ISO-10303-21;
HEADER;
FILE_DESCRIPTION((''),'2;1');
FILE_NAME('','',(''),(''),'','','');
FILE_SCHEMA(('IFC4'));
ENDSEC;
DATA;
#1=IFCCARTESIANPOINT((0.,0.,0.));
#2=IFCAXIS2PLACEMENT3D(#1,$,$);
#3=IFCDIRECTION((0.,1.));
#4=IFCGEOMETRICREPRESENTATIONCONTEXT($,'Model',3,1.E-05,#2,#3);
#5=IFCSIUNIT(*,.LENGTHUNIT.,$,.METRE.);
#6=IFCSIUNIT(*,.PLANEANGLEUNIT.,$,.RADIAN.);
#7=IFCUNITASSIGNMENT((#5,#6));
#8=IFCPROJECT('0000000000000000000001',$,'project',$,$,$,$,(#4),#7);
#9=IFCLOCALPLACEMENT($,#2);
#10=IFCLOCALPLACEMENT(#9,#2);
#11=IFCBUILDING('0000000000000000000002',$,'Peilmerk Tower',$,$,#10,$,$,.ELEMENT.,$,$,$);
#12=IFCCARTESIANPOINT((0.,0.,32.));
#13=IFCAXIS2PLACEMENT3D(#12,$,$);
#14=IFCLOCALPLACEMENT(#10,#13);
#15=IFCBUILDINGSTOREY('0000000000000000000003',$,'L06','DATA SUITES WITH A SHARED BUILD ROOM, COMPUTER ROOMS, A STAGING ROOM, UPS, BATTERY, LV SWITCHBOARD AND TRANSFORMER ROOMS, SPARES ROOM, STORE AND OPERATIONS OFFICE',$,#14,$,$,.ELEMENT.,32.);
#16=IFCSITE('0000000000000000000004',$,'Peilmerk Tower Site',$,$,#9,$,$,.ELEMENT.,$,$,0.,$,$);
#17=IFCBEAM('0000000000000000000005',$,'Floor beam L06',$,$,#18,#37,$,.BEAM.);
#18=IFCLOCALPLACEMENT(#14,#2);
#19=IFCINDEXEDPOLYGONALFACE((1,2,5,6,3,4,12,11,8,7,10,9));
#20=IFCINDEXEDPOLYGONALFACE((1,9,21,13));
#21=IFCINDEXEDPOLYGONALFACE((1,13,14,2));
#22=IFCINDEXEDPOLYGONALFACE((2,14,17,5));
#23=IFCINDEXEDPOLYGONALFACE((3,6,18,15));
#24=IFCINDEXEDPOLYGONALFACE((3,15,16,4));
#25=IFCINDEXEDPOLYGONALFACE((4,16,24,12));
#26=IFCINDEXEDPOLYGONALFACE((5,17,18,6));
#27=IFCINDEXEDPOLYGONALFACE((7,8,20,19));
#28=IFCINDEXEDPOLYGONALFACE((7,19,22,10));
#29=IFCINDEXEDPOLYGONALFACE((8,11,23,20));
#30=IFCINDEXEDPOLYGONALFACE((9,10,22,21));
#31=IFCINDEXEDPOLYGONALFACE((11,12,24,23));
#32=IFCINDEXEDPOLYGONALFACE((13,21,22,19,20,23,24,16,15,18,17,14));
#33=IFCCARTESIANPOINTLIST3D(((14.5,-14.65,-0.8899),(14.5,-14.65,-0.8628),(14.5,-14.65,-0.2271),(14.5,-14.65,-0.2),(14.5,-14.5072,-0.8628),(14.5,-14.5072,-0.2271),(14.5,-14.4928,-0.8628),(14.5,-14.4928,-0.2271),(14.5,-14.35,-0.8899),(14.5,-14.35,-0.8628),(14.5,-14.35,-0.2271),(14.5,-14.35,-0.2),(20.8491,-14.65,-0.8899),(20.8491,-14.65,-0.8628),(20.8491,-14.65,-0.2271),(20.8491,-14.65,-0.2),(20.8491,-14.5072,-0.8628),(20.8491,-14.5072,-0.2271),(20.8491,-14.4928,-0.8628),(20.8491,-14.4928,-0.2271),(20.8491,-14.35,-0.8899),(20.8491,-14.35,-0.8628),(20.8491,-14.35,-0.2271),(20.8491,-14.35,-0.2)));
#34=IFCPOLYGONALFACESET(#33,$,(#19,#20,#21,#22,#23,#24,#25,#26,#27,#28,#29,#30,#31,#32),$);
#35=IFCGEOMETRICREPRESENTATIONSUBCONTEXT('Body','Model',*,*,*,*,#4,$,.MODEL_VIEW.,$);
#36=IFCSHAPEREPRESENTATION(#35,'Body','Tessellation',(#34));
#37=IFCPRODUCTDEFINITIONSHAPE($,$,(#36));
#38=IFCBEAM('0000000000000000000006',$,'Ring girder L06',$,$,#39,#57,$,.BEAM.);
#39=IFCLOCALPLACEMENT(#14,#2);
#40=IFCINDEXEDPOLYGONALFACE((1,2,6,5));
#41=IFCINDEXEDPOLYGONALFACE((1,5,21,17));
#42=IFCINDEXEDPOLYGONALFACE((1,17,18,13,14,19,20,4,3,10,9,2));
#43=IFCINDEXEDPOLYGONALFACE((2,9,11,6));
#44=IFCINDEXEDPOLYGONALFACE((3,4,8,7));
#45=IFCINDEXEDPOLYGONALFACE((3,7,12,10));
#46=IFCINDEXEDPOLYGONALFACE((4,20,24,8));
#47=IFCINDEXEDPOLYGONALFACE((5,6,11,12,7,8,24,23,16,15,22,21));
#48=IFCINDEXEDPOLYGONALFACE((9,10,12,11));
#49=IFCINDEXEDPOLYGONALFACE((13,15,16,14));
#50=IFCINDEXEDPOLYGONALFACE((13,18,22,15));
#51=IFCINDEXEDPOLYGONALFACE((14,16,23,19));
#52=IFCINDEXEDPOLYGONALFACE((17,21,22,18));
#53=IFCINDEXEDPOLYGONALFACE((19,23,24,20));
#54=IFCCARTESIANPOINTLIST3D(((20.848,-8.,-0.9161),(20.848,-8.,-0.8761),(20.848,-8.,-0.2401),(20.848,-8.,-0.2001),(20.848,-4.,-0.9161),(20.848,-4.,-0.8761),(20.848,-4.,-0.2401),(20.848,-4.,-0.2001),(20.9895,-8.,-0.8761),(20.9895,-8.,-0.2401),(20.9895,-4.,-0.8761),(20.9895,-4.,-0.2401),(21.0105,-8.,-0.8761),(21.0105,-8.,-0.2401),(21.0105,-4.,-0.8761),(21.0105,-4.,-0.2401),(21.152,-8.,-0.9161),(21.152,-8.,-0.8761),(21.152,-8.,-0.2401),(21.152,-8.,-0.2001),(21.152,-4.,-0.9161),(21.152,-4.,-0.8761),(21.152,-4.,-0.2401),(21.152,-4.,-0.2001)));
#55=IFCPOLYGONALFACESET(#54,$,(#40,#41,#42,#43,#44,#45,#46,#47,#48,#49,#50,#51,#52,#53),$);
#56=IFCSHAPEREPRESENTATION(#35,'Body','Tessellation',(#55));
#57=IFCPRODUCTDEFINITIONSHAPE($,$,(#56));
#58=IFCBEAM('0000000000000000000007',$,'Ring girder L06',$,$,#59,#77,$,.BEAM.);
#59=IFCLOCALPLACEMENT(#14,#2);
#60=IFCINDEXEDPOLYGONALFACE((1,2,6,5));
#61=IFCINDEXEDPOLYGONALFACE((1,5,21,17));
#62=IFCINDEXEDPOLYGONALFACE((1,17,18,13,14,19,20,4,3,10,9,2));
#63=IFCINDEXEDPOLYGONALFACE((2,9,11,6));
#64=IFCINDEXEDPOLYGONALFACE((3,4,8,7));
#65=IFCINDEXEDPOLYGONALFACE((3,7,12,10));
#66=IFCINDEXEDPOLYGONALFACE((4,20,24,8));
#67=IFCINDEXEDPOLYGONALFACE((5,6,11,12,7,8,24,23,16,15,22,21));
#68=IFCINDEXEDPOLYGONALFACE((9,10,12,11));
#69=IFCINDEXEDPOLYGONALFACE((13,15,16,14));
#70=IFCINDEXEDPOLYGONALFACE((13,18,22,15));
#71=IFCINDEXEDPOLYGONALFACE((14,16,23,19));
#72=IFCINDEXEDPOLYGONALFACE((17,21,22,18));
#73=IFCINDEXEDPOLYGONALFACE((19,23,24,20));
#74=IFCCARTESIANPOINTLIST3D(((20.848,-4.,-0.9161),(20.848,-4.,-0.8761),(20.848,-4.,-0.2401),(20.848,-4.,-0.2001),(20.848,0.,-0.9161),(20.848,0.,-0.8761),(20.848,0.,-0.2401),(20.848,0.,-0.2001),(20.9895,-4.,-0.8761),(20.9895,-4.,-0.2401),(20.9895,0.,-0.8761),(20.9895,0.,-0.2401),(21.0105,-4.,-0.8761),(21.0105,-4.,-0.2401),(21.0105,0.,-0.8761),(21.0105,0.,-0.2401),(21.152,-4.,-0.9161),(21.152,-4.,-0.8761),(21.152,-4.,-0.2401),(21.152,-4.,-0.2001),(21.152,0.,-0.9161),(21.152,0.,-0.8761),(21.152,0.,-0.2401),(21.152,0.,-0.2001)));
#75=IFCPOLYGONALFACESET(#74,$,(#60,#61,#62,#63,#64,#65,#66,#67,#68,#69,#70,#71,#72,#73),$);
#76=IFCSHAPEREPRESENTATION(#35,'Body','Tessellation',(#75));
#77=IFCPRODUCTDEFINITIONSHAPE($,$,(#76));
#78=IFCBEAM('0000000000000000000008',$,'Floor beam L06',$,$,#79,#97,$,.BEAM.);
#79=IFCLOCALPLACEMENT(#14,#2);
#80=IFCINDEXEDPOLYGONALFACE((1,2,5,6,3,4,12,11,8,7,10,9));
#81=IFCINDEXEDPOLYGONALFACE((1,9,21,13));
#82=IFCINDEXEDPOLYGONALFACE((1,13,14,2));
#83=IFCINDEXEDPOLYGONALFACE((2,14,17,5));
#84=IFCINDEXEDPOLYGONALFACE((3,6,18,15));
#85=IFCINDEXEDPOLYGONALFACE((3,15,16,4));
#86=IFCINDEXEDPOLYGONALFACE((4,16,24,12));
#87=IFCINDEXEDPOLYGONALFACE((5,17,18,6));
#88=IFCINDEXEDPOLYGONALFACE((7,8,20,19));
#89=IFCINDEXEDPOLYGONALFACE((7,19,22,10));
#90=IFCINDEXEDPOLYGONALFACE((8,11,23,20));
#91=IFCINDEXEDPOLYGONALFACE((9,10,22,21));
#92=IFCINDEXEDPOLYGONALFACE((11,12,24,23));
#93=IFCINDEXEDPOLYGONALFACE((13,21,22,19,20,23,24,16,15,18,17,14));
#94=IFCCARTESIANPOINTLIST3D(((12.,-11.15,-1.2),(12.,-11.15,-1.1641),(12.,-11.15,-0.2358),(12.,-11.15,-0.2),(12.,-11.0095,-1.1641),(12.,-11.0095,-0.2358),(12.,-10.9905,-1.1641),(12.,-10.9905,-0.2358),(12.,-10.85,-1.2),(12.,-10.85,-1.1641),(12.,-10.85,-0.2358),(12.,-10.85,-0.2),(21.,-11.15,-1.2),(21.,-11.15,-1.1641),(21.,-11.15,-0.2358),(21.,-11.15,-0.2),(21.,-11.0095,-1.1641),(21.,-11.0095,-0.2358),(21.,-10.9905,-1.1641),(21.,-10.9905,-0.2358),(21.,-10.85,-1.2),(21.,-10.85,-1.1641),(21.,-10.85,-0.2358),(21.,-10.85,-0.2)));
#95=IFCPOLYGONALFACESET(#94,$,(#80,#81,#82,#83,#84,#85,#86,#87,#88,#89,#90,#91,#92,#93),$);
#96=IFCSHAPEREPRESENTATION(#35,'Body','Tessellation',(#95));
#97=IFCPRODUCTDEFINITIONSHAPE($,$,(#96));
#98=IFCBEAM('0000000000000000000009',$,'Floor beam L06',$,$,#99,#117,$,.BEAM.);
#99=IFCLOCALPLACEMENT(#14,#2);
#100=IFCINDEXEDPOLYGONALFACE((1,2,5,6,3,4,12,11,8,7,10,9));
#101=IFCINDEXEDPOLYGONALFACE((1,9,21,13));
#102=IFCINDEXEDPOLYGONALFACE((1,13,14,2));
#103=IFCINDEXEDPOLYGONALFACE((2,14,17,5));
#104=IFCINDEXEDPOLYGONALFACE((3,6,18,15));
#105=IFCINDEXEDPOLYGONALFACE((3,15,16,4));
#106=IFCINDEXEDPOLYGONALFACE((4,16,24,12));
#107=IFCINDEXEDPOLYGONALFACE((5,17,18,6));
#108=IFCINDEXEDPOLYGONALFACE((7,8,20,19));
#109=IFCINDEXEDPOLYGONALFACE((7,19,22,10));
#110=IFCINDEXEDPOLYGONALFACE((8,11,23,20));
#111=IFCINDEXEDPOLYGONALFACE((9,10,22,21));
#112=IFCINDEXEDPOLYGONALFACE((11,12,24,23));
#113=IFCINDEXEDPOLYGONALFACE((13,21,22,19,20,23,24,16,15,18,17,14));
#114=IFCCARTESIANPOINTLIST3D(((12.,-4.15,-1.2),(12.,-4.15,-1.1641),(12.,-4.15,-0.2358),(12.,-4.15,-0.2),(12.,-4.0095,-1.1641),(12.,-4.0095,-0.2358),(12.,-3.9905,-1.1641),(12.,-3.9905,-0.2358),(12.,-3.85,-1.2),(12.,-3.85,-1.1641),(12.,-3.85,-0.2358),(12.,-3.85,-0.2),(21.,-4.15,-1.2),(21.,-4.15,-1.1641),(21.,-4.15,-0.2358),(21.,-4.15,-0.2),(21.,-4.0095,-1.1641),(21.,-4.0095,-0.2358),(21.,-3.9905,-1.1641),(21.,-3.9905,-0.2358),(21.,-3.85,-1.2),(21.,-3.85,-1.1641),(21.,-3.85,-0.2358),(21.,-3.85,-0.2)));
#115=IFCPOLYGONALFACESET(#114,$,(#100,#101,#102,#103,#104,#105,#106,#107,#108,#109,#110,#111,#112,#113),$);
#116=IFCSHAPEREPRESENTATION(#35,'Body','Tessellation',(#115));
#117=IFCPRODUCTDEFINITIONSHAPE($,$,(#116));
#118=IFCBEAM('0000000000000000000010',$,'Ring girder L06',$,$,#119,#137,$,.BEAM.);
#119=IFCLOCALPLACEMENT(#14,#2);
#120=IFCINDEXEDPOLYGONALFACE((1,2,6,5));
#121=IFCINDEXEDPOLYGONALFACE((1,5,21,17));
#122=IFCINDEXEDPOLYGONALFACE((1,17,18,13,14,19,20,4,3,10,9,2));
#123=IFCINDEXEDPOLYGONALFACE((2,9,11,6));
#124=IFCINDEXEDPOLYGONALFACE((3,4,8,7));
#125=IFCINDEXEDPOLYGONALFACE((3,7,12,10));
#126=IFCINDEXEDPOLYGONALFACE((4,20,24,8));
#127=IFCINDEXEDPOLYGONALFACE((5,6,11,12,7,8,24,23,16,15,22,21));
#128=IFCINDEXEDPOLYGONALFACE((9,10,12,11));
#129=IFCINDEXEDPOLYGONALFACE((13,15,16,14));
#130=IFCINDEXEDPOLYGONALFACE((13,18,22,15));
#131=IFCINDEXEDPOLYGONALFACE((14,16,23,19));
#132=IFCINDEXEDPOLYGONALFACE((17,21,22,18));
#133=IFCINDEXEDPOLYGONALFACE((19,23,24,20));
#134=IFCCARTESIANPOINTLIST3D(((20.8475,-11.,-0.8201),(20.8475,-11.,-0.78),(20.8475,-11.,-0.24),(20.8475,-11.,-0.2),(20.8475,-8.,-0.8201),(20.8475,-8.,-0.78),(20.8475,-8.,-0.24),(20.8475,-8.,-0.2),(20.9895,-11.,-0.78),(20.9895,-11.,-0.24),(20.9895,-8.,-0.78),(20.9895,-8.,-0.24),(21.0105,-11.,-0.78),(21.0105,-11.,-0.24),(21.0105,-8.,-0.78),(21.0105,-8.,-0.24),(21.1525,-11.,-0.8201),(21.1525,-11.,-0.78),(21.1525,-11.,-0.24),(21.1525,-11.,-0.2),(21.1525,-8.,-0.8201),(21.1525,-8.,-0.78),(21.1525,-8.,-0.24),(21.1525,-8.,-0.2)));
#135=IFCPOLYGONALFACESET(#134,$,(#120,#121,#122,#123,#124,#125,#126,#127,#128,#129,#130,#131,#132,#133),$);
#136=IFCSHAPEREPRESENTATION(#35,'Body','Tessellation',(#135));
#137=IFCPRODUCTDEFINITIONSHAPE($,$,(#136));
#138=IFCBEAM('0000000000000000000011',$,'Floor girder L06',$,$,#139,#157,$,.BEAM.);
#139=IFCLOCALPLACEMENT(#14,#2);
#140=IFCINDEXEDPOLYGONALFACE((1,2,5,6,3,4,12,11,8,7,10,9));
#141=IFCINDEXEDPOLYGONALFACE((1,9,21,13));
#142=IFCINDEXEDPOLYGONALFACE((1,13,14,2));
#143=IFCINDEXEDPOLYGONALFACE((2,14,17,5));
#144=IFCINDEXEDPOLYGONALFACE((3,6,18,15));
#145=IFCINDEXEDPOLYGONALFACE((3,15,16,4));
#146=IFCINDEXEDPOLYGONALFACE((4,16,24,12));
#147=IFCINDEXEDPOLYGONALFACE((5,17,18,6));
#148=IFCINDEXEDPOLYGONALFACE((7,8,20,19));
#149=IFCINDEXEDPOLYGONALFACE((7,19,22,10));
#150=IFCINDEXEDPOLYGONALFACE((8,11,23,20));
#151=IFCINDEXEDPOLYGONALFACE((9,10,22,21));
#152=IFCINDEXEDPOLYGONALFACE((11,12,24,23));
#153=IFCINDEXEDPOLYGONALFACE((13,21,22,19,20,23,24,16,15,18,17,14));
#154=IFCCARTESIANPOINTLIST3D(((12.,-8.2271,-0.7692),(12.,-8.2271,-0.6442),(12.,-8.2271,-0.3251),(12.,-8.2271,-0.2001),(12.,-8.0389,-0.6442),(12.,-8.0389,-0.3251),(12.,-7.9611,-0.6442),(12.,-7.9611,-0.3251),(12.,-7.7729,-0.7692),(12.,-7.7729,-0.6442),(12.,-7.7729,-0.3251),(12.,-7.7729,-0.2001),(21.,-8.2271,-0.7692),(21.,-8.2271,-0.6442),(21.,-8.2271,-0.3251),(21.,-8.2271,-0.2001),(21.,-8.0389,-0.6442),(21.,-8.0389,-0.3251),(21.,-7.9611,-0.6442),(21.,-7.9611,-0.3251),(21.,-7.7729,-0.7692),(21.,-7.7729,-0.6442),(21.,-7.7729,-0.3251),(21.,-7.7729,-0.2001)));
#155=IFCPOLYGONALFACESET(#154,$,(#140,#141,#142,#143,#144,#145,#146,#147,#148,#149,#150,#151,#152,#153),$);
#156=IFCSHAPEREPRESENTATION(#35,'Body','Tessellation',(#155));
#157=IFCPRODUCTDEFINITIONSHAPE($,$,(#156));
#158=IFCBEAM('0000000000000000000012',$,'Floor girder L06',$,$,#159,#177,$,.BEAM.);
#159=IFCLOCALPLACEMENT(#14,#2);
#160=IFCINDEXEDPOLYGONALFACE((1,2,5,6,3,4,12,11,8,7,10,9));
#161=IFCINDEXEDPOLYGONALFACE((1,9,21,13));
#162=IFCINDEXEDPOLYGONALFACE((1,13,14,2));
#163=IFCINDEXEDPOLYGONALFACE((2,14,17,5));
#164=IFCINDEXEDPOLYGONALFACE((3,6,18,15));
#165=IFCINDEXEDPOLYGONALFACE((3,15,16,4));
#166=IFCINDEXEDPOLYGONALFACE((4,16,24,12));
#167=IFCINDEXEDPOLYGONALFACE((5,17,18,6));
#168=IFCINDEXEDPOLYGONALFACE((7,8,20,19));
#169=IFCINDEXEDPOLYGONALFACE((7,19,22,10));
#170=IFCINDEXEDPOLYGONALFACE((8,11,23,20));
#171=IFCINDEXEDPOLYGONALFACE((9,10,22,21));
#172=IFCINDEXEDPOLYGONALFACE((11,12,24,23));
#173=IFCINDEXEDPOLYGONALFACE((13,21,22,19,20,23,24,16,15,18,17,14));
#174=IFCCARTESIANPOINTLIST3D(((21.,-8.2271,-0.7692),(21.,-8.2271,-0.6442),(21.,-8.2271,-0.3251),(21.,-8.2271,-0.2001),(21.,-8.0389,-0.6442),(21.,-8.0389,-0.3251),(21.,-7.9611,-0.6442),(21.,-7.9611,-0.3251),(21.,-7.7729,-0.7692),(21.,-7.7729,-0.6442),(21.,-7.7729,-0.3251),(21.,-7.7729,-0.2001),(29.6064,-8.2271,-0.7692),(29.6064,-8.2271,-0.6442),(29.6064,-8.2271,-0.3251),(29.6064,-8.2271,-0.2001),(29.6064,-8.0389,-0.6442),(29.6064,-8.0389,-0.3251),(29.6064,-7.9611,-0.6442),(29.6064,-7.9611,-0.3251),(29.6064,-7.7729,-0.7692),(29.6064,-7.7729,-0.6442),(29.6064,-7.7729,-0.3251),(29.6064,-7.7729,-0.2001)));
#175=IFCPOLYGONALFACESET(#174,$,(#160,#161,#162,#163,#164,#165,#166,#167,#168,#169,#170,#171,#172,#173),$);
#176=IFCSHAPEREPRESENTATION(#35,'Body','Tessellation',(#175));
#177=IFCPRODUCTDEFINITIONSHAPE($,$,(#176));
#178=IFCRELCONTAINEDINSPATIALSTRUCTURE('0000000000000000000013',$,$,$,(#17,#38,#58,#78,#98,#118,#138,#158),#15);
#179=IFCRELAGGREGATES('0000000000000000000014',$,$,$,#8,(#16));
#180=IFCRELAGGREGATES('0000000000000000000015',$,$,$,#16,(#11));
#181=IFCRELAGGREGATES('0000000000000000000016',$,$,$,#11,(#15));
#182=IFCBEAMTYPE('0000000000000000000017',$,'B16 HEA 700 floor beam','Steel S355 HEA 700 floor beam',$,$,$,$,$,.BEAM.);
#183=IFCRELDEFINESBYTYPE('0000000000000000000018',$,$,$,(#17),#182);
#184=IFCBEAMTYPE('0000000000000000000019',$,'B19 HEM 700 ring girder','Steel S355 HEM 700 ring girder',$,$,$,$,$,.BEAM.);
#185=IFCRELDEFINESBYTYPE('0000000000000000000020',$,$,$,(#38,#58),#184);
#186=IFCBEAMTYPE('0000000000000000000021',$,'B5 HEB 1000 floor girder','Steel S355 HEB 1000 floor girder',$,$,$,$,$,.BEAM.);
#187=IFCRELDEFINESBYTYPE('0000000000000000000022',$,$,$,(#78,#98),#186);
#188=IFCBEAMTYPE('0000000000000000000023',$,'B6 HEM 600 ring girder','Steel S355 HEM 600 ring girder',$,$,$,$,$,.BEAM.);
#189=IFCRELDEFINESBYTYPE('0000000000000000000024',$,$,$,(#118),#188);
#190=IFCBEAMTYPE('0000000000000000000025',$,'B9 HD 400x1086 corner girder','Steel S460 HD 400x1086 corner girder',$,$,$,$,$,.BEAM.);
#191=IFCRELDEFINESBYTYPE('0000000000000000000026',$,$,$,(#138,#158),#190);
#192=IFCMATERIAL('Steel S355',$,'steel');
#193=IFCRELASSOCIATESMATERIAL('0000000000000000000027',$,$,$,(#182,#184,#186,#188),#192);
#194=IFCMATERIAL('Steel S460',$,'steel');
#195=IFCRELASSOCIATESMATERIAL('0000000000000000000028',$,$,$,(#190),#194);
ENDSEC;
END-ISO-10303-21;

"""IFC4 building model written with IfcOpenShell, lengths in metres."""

from ifc_helpers import new_model, si_unit, direction, frame, origin, origin_2d, place, context, subcontext, project, spatial, i_section, extrude, material, material_profile, profile_set, type_object, element, save


model = new_model("IFC4")

# Units and contexts
model_context = context("Model", 3, precision=1e-05, world=origin(), true_north=direction((0.0, 1.0)))
body_context = subcontext(model_context, "Body", "Model", "MODEL_VIEW")
ifc_project = project(units=[si_unit("LENGTHUNIT", "METRE"), si_unit("PLANEANGLEUNIT", "RADIAN")], contexts=[model_context])

# Site, building, storey
site_placement = place(None, origin())
site = spatial("IfcSite", under=ifc_project, at=site_placement, Name="Peilmerk Tower Site", CompositionType="ELEMENT", RefElevation=0.0)
building_placement = place(site_placement, origin())
building = spatial("IfcBuilding", under=site, at=building_placement, Name="Peilmerk Tower", CompositionType="ELEMENT")
storey_placement = place(building_placement, frame((0.0, 0.0, 32.0)))
storey = spatial("IfcBuildingStorey", under=building, at=storey_placement, Name="L06", Description="DATA SUITES WITH A SHARED BUILD ROOM, COMPUTER ROOMS, A STAGING ROOM, UPS, BATTERY, LV SWITCHBOARD AND TRANSFORMER ROOMS, SPARES ROOM, STORE AND OPERATIONS OFFICE", CompositionType="ELEMENT", Elevation=32.0)

# Beams
ifc_material_1 = material(Name="Steel S355", Category="steel")
ifc_material_profile_1 = material_profile(ifc_material_1, i_section(OverallWidth=0.3, OverallDepth=0.6899, WebThickness=0.0144, FlangeThickness=0.0271, at=origin_2d()), Name="HEA 700")
ifc_profile_set_1 = profile_set([ifc_material_profile_1], Name="Steel S355")
beam_type_1 = type_object("IfcBeamType", Name="B16 HEA 700 floor beam", Description="Steel S355 HEA 700 floor beam", PredefinedType="BEAM", material=ifc_profile_set_1)
for number, where, z_axis, x_axis, name in (
    (1, (14.5, -14.5, -0.5449), (1.0, 0.0, 0.0), (0.0, 1.0, 0.0), "Floor beam L06"),
):
    element("IfcBeam", number, at=place(storey_placement, frame(where, z_axis=z_axis, x_axis=x_axis)), inside=storey, type_object=beam_type_1, Name=name, PredefinedType="BEAM", context=body_context, shape_type="SweptSolid", body=[
        extrude(i_section(OverallWidth=0.3, OverallDepth=0.6899, WebThickness=0.0144, FlangeThickness=0.0271, at=origin_2d()), origin(), (0.0, 0.0, 1.0), 6.3491),
    ])
ifc_material_profile_2 = material_profile(ifc_material_1, i_section(OverallWidth=0.304, OverallDepth=0.7161, WebThickness=0.021, FlangeThickness=0.04, at=origin_2d()), Name="HEM 700")
ifc_profile_set_2 = profile_set([ifc_material_profile_2], Name="Steel S355")
beam_type_2 = type_object("IfcBeamType", Name="B19 HEM 700 ring girder", Description="Steel S355 HEM 700 ring girder", PredefinedType="BEAM", material=ifc_profile_set_2)
for number, where, z_axis, x_axis, name in (
    (2, (21.0, -8.0, -0.5581), (0.0, 1.0, 0.0), (-1.0, 0.0, 0.0), "Ring girder L06"),
    (3, (21.0, -4.0, -0.5581), (0.0, 1.0, 0.0), (-1.0, 0.0, 0.0), "Ring girder L06"),
):
    element("IfcBeam", number, at=place(storey_placement, frame(where, z_axis=z_axis, x_axis=x_axis)), inside=storey, type_object=beam_type_2, Name=name, PredefinedType="BEAM", context=body_context, shape_type="SweptSolid", body=[
        extrude(i_section(OverallWidth=0.304, OverallDepth=0.7161, WebThickness=0.021, FlangeThickness=0.04, at=origin_2d()), origin(), (0.0, 0.0, 1.0), 4.0),
    ])
ifc_material_profile_3 = material_profile(ifc_material_1, i_section(OverallWidth=0.3, OverallDepth=1.0, WebThickness=0.019, FlangeThickness=0.0359, at=origin_2d()), Name="HEB 1000")
ifc_profile_set_3 = profile_set([ifc_material_profile_3], Name="Steel S355")
beam_type_3 = type_object("IfcBeamType", Name="B5 HEB 1000 floor girder", Description="Steel S355 HEB 1000 floor girder", PredefinedType="BEAM", material=ifc_profile_set_3)
for number, where, z_axis, x_axis, name in (
    (4, (12.0, -11.0, -0.7), (1.0, 0.0, 0.0), (0.0, 1.0, 0.0), "Floor beam L06"),
    (5, (12.0, -4.0, -0.7), (1.0, 0.0, 0.0), (0.0, 1.0, 0.0), "Floor beam L06"),
):
    element("IfcBeam", number, at=place(storey_placement, frame(where, z_axis=z_axis, x_axis=x_axis)), inside=storey, type_object=beam_type_3, Name=name, PredefinedType="BEAM", context=body_context, shape_type="SweptSolid", body=[
        extrude(i_section(OverallWidth=0.3, OverallDepth=1.0, WebThickness=0.019, FlangeThickness=0.0359, at=origin_2d()), origin(), (0.0, 0.0, 1.0), 9.0),
    ])
ifc_material_profile_4 = material_profile(ifc_material_1, i_section(OverallWidth=0.3049, OverallDepth=0.6201, WebThickness=0.021, FlangeThickness=0.04, at=origin_2d()), Name="HEM 600")
ifc_profile_set_4 = profile_set([ifc_material_profile_4], Name="Steel S355")
beam_type_4 = type_object("IfcBeamType", Name="B6 HEM 600 ring girder", Description="Steel S355 HEM 600 ring girder", PredefinedType="BEAM", material=ifc_profile_set_4)
beam_1_placement = place(storey_placement, frame((21.0, -11.0, -0.51), z_axis=(0.0, 1.0, 0.0), x_axis=(-1.0, 0.0, 0.0)))
element("IfcBeam", 6, at=beam_1_placement, inside=storey, type_object=beam_type_4, Name="Ring girder L06", PredefinedType="BEAM", context=body_context, shape_type="SweptSolid", body=[
    extrude(i_section(OverallWidth=0.3049, OverallDepth=0.6201, WebThickness=0.021, FlangeThickness=0.04, at=origin_2d()), origin(), (0.0, 0.0, 1.0), 3.0),
])
ifc_material_2 = material(Name="Steel S460", Category="steel")
ifc_material_profile_5 = material_profile(ifc_material_2, i_section(OverallWidth=0.4541, OverallDepth=0.5691, WebThickness=0.0779, FlangeThickness=0.125, at=origin_2d()), Name="HD 400x1086")
ifc_profile_set_5 = profile_set([ifc_material_profile_5], Name="Steel S460")
beam_type_5 = type_object("IfcBeamType", Name="B9 HD 400x1086 corner girder", Description="Steel S460 HD 400x1086 corner girder", PredefinedType="BEAM", material=ifc_profile_set_5)
beam_2_placement = place(storey_placement, frame((12.0, -8.0, -0.4846), z_axis=(1.0, 0.0, 0.0), x_axis=(0.0, 1.0, 0.0)))
element("IfcBeam", 7, at=beam_2_placement, inside=storey, type_object=beam_type_5, Name="Floor girder L06", PredefinedType="BEAM", context=body_context, shape_type="SweptSolid", body=[
    extrude(i_section(OverallWidth=0.4541, OverallDepth=0.5691, WebThickness=0.0779, FlangeThickness=0.125, at=origin_2d()), origin(), (0.0, 0.0, 1.0), 9.0),
])
beam_3_placement = place(storey_placement, frame((21.0, -8.0, -0.4846), z_axis=(1.0, 0.0, 0.0), x_axis=(0.0, 1.0, 0.0)))
element("IfcBeam", 8, at=beam_3_placement, inside=storey, type_object=beam_type_5, Name="Floor girder L06", PredefinedType="BEAM", context=body_context, shape_type="SweptSolid", body=[
    extrude(i_section(OverallWidth=0.4541, OverallDepth=0.5691, WebThickness=0.0779, FlangeThickness=0.125, at=origin_2d()), origin(), (0.0, 0.0, 1.0), 8.6064),
])

save(model, "model.ifc")
